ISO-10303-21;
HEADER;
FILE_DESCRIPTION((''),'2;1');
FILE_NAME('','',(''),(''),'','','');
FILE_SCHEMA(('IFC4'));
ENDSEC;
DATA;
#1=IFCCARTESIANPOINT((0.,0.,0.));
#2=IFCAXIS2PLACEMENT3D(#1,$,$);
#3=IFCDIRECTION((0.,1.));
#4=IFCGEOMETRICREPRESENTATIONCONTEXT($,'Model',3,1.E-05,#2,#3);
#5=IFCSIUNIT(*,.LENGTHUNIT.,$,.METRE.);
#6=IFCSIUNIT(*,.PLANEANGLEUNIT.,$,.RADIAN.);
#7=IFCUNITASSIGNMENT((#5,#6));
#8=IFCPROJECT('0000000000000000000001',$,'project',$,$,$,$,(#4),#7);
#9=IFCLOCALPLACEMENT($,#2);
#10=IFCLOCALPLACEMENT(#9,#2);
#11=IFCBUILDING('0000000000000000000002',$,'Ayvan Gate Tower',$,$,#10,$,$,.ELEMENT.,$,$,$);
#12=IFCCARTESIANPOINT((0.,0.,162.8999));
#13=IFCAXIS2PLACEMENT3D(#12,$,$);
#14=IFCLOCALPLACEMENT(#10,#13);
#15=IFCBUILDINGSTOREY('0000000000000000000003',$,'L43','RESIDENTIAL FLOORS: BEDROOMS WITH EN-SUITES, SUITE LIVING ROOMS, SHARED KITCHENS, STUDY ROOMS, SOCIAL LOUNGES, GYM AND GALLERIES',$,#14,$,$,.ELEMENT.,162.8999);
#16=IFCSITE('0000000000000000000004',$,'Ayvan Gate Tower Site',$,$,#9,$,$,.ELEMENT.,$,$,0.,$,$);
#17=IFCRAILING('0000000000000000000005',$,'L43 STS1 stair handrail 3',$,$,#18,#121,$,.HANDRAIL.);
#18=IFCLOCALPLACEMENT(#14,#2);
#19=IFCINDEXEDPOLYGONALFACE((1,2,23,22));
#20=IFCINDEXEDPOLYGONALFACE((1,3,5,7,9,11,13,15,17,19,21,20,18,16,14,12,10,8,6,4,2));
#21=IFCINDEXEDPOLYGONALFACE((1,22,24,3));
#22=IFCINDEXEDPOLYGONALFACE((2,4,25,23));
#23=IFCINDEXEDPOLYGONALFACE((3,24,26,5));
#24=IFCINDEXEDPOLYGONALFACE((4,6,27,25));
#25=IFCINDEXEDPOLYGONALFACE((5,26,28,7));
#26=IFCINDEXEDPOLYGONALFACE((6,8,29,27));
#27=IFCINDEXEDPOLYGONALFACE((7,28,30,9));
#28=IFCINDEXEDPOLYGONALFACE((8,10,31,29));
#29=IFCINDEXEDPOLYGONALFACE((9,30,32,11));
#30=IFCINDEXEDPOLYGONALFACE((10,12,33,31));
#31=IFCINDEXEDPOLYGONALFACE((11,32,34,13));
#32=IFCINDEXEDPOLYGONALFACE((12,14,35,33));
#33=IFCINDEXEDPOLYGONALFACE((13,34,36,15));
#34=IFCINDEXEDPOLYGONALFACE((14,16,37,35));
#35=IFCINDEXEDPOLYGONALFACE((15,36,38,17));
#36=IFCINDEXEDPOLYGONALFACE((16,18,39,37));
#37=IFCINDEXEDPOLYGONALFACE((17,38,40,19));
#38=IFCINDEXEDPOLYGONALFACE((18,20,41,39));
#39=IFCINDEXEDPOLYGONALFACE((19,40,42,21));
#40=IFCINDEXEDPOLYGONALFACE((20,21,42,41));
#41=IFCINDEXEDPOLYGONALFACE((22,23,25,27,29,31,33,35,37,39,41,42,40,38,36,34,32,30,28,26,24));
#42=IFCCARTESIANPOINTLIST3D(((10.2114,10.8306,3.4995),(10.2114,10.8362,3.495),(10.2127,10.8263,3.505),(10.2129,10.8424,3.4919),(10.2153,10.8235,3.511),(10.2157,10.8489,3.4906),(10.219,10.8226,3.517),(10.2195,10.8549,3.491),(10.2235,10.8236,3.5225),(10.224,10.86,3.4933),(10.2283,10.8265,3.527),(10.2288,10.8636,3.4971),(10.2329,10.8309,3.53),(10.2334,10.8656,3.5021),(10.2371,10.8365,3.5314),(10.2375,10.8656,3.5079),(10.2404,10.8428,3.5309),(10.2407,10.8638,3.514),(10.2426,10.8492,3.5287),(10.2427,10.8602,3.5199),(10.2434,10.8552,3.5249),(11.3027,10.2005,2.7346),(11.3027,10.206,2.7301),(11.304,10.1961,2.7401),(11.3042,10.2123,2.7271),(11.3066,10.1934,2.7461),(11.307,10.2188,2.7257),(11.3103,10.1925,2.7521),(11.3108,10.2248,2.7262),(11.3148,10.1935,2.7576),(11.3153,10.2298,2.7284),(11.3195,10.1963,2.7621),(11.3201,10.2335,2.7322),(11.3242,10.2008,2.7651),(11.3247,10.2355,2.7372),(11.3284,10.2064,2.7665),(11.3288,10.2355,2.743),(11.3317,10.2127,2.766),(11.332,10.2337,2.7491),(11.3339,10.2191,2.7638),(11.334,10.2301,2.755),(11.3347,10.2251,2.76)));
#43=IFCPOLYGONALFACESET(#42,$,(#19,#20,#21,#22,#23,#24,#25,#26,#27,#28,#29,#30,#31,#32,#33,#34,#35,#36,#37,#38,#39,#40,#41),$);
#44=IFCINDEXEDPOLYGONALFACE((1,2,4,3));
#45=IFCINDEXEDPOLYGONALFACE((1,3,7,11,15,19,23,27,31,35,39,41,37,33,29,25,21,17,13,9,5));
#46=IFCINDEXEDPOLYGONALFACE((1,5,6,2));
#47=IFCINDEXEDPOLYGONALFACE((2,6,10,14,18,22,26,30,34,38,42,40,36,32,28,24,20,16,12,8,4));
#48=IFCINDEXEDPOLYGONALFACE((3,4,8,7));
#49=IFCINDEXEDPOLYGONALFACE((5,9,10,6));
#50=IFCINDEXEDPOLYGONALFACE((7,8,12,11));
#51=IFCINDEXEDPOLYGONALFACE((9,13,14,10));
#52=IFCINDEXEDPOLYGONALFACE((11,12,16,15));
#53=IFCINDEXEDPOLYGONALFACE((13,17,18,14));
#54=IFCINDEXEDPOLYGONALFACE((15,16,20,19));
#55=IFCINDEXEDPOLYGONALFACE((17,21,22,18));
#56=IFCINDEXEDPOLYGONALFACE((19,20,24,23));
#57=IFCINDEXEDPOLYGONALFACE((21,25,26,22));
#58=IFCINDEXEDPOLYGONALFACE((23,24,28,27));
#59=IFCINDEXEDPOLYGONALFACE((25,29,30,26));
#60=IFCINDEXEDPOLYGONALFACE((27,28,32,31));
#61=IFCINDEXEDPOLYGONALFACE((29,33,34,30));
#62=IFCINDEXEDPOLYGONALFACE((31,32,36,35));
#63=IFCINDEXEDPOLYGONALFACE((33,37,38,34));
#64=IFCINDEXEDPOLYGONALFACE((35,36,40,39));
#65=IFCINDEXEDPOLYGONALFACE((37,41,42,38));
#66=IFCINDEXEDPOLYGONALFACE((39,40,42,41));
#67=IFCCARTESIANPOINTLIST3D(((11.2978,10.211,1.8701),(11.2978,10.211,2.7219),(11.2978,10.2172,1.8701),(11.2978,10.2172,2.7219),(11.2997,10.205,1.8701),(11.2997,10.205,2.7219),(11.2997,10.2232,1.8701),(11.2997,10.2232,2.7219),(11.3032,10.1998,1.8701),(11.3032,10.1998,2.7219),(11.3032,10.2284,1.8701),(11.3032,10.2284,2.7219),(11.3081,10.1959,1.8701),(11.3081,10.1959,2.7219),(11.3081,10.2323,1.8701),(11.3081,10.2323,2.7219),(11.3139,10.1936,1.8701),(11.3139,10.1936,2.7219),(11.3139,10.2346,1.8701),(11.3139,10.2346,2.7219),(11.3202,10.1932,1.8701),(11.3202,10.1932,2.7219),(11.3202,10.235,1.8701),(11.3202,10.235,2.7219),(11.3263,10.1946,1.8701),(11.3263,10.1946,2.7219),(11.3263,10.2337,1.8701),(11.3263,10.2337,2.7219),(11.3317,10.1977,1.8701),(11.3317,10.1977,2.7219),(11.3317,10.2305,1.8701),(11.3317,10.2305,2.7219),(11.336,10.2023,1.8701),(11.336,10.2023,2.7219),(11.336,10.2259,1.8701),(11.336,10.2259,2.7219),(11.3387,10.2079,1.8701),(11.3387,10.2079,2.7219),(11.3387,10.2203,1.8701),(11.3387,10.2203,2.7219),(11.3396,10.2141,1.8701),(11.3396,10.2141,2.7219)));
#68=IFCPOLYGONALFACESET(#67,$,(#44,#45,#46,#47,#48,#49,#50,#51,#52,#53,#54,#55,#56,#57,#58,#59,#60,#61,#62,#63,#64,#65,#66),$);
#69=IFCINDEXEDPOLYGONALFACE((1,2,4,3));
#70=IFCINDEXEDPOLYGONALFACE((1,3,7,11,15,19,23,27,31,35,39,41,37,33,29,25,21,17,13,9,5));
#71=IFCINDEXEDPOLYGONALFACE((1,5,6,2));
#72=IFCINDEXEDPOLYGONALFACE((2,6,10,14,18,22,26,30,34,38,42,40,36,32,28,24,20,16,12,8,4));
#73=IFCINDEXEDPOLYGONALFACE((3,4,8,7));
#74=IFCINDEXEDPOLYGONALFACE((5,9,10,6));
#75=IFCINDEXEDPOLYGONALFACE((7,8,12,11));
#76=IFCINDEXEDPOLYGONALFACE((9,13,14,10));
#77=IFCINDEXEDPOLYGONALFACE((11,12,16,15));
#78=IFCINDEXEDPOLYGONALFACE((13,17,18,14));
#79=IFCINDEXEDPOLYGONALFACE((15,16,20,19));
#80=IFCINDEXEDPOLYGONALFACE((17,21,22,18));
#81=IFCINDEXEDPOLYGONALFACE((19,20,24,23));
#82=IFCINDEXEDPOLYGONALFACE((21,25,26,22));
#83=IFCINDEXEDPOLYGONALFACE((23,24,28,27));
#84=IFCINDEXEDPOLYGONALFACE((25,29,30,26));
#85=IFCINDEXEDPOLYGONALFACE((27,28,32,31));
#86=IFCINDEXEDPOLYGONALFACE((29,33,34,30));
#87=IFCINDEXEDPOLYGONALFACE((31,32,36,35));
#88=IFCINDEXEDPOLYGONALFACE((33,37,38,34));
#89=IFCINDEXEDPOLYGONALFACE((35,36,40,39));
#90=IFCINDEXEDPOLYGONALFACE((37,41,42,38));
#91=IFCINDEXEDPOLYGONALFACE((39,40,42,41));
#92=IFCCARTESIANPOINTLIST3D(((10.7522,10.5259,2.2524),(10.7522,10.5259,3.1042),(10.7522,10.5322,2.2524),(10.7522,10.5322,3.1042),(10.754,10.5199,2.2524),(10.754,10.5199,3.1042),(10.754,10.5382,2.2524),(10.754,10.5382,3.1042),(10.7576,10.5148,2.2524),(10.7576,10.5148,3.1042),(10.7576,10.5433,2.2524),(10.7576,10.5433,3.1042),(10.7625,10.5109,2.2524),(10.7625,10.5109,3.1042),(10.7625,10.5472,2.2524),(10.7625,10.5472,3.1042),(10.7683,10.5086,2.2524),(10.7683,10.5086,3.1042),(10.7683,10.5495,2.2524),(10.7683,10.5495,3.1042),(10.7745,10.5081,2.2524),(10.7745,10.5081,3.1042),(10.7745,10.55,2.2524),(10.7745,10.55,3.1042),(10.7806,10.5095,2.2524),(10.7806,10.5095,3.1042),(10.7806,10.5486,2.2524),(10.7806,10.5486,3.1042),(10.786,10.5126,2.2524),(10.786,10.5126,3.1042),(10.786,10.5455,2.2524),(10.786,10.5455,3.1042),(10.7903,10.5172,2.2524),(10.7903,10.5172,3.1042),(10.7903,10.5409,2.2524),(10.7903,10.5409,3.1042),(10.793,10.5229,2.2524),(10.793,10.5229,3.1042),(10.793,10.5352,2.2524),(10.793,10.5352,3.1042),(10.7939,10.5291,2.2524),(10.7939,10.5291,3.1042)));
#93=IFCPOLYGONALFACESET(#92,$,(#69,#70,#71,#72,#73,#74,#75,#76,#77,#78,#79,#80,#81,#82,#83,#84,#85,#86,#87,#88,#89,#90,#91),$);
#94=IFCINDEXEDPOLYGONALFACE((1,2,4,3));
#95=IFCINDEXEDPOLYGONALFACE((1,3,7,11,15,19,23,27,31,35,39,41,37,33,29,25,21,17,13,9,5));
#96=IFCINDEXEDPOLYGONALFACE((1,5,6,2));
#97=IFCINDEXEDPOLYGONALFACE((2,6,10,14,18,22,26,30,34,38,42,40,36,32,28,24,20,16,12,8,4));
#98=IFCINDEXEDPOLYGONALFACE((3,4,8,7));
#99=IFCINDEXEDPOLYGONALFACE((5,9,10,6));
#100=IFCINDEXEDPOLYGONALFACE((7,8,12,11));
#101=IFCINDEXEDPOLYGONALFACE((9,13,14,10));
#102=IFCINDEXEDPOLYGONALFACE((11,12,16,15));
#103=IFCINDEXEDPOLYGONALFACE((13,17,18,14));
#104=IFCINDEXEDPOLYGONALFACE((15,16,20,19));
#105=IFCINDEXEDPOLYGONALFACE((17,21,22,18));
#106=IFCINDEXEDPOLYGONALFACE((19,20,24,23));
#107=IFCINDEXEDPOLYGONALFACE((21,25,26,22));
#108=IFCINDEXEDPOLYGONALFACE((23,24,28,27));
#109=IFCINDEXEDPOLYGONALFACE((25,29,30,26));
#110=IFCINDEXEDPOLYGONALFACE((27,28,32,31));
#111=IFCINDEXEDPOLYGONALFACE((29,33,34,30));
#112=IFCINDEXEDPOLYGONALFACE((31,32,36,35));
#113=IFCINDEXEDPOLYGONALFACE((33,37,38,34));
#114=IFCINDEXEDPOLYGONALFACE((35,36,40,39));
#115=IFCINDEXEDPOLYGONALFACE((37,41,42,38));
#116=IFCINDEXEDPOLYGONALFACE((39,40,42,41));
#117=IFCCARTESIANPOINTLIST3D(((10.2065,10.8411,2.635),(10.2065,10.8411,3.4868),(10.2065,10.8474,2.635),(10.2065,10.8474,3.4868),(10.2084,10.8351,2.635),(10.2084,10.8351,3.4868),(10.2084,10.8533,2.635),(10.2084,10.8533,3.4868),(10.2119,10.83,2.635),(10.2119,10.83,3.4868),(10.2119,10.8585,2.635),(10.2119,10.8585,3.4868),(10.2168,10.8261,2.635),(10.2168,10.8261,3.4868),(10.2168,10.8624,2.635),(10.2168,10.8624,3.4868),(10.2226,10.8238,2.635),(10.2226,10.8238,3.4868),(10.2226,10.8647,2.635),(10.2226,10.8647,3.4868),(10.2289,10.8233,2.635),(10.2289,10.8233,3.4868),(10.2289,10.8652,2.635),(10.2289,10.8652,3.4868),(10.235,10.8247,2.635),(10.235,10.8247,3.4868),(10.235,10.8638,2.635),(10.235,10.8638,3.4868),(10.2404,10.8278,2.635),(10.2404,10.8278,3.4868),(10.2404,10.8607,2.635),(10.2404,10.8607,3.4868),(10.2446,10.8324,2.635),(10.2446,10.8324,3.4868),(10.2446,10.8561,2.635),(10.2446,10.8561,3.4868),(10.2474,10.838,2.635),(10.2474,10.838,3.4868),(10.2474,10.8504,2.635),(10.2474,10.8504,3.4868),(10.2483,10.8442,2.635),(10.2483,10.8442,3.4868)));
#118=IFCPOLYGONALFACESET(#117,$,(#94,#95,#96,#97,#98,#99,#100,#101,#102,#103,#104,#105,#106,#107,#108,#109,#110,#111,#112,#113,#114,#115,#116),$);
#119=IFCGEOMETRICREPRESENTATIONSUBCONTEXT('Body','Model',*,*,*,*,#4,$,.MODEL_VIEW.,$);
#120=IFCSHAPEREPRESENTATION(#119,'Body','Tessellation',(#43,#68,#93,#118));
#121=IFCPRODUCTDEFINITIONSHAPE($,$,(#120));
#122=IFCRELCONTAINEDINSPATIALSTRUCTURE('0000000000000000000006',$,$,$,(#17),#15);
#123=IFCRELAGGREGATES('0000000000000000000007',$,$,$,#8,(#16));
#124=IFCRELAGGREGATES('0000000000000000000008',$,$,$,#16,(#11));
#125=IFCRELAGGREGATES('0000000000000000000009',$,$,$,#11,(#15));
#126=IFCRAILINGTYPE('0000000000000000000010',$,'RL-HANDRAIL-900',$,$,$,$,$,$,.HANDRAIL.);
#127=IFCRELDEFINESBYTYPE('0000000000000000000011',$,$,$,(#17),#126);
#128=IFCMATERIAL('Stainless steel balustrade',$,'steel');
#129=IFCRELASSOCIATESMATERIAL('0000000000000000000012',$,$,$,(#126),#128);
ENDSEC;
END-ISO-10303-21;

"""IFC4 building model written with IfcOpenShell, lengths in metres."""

from ifc_helpers import new_model, si_unit, direction, frame, origin, origin_2d, place, context, subcontext, project, spatial, circle, extrude, material, type_object, element, save


model = new_model("IFC4")

# Units and contexts
model_context = context("Model", 3, precision=1e-05, world=origin(), true_north=direction((0.0, 1.0)))
body_context = subcontext(model_context, "Body", "Model", "MODEL_VIEW")
ifc_project = project(units=[si_unit("LENGTHUNIT", "METRE"), si_unit("PLANEANGLEUNIT", "RADIAN")], contexts=[model_context])

# Site, building, storey
site_placement = place(None, origin())
site = spatial("IfcSite", under=ifc_project, at=site_placement, Name="Ayvan Gate Tower Site", CompositionType="ELEMENT", RefElevation=0.0)
building_placement = place(site_placement, origin())
building = spatial("IfcBuilding", under=site, at=building_placement, Name="Ayvan Gate Tower", CompositionType="ELEMENT")
storey_placement = place(building_placement, frame((0.0, 0.0, 162.8999)))
storey = spatial("IfcBuildingStorey", under=building, at=storey_placement, Name="L43", Description="RESIDENTIAL FLOORS: BEDROOMS WITH EN-SUITES, SUITE LIVING ROOMS, SHARED KITCHENS, STUDY ROOMS, SOCIAL LOUNGES, GYM AND GALLERIES", CompositionType="ELEMENT", Elevation=162.8999)

# Railing
ifc_material_1 = material(Name="Stainless steel balustrade", Category="steel")
railing_type_1 = type_object("IfcRailingType", Name="RL-HANDRAIL-900", PredefinedType="HANDRAIL", material=ifc_material_1)
railing_1_placement = place(storey_placement, frame((11.3186, 10.2141, 1.8701)))
element("IfcRailing", 1, at=railing_1_placement, inside=storey, type_object=railing_type_1, Name="L43 STS1 stair handrail 3", PredefinedType="HANDRAIL", context=body_context, shape_type="SweptSolid", body=[
    extrude(circle(Radius=0.0239, at=origin_2d()), frame((0.0, 0.0, 0.876), z_axis=(-0.740304, 0.427455, 0.518875), x_axis=(-0.500035, -0.866005, 0.0)), (0.0, 0.0, 1.0), 1.4741),
    extrude(circle(Radius=0.021, at=origin_2d()), origin(), (0.0, 0.0, 1.0), 0.8518),
    extrude(circle(Radius=0.021, at=origin_2d()), frame((-0.5457, 0.3149, 0.3823)), (0.0, 0.0, 1.0), 0.8518),
    extrude(circle(Radius=0.021, at=origin_2d()), frame((-1.0913, 0.6301, 0.7649)), (0.0, 0.0, 1.0), 0.8518),
])

save(model, "model.ifc")
